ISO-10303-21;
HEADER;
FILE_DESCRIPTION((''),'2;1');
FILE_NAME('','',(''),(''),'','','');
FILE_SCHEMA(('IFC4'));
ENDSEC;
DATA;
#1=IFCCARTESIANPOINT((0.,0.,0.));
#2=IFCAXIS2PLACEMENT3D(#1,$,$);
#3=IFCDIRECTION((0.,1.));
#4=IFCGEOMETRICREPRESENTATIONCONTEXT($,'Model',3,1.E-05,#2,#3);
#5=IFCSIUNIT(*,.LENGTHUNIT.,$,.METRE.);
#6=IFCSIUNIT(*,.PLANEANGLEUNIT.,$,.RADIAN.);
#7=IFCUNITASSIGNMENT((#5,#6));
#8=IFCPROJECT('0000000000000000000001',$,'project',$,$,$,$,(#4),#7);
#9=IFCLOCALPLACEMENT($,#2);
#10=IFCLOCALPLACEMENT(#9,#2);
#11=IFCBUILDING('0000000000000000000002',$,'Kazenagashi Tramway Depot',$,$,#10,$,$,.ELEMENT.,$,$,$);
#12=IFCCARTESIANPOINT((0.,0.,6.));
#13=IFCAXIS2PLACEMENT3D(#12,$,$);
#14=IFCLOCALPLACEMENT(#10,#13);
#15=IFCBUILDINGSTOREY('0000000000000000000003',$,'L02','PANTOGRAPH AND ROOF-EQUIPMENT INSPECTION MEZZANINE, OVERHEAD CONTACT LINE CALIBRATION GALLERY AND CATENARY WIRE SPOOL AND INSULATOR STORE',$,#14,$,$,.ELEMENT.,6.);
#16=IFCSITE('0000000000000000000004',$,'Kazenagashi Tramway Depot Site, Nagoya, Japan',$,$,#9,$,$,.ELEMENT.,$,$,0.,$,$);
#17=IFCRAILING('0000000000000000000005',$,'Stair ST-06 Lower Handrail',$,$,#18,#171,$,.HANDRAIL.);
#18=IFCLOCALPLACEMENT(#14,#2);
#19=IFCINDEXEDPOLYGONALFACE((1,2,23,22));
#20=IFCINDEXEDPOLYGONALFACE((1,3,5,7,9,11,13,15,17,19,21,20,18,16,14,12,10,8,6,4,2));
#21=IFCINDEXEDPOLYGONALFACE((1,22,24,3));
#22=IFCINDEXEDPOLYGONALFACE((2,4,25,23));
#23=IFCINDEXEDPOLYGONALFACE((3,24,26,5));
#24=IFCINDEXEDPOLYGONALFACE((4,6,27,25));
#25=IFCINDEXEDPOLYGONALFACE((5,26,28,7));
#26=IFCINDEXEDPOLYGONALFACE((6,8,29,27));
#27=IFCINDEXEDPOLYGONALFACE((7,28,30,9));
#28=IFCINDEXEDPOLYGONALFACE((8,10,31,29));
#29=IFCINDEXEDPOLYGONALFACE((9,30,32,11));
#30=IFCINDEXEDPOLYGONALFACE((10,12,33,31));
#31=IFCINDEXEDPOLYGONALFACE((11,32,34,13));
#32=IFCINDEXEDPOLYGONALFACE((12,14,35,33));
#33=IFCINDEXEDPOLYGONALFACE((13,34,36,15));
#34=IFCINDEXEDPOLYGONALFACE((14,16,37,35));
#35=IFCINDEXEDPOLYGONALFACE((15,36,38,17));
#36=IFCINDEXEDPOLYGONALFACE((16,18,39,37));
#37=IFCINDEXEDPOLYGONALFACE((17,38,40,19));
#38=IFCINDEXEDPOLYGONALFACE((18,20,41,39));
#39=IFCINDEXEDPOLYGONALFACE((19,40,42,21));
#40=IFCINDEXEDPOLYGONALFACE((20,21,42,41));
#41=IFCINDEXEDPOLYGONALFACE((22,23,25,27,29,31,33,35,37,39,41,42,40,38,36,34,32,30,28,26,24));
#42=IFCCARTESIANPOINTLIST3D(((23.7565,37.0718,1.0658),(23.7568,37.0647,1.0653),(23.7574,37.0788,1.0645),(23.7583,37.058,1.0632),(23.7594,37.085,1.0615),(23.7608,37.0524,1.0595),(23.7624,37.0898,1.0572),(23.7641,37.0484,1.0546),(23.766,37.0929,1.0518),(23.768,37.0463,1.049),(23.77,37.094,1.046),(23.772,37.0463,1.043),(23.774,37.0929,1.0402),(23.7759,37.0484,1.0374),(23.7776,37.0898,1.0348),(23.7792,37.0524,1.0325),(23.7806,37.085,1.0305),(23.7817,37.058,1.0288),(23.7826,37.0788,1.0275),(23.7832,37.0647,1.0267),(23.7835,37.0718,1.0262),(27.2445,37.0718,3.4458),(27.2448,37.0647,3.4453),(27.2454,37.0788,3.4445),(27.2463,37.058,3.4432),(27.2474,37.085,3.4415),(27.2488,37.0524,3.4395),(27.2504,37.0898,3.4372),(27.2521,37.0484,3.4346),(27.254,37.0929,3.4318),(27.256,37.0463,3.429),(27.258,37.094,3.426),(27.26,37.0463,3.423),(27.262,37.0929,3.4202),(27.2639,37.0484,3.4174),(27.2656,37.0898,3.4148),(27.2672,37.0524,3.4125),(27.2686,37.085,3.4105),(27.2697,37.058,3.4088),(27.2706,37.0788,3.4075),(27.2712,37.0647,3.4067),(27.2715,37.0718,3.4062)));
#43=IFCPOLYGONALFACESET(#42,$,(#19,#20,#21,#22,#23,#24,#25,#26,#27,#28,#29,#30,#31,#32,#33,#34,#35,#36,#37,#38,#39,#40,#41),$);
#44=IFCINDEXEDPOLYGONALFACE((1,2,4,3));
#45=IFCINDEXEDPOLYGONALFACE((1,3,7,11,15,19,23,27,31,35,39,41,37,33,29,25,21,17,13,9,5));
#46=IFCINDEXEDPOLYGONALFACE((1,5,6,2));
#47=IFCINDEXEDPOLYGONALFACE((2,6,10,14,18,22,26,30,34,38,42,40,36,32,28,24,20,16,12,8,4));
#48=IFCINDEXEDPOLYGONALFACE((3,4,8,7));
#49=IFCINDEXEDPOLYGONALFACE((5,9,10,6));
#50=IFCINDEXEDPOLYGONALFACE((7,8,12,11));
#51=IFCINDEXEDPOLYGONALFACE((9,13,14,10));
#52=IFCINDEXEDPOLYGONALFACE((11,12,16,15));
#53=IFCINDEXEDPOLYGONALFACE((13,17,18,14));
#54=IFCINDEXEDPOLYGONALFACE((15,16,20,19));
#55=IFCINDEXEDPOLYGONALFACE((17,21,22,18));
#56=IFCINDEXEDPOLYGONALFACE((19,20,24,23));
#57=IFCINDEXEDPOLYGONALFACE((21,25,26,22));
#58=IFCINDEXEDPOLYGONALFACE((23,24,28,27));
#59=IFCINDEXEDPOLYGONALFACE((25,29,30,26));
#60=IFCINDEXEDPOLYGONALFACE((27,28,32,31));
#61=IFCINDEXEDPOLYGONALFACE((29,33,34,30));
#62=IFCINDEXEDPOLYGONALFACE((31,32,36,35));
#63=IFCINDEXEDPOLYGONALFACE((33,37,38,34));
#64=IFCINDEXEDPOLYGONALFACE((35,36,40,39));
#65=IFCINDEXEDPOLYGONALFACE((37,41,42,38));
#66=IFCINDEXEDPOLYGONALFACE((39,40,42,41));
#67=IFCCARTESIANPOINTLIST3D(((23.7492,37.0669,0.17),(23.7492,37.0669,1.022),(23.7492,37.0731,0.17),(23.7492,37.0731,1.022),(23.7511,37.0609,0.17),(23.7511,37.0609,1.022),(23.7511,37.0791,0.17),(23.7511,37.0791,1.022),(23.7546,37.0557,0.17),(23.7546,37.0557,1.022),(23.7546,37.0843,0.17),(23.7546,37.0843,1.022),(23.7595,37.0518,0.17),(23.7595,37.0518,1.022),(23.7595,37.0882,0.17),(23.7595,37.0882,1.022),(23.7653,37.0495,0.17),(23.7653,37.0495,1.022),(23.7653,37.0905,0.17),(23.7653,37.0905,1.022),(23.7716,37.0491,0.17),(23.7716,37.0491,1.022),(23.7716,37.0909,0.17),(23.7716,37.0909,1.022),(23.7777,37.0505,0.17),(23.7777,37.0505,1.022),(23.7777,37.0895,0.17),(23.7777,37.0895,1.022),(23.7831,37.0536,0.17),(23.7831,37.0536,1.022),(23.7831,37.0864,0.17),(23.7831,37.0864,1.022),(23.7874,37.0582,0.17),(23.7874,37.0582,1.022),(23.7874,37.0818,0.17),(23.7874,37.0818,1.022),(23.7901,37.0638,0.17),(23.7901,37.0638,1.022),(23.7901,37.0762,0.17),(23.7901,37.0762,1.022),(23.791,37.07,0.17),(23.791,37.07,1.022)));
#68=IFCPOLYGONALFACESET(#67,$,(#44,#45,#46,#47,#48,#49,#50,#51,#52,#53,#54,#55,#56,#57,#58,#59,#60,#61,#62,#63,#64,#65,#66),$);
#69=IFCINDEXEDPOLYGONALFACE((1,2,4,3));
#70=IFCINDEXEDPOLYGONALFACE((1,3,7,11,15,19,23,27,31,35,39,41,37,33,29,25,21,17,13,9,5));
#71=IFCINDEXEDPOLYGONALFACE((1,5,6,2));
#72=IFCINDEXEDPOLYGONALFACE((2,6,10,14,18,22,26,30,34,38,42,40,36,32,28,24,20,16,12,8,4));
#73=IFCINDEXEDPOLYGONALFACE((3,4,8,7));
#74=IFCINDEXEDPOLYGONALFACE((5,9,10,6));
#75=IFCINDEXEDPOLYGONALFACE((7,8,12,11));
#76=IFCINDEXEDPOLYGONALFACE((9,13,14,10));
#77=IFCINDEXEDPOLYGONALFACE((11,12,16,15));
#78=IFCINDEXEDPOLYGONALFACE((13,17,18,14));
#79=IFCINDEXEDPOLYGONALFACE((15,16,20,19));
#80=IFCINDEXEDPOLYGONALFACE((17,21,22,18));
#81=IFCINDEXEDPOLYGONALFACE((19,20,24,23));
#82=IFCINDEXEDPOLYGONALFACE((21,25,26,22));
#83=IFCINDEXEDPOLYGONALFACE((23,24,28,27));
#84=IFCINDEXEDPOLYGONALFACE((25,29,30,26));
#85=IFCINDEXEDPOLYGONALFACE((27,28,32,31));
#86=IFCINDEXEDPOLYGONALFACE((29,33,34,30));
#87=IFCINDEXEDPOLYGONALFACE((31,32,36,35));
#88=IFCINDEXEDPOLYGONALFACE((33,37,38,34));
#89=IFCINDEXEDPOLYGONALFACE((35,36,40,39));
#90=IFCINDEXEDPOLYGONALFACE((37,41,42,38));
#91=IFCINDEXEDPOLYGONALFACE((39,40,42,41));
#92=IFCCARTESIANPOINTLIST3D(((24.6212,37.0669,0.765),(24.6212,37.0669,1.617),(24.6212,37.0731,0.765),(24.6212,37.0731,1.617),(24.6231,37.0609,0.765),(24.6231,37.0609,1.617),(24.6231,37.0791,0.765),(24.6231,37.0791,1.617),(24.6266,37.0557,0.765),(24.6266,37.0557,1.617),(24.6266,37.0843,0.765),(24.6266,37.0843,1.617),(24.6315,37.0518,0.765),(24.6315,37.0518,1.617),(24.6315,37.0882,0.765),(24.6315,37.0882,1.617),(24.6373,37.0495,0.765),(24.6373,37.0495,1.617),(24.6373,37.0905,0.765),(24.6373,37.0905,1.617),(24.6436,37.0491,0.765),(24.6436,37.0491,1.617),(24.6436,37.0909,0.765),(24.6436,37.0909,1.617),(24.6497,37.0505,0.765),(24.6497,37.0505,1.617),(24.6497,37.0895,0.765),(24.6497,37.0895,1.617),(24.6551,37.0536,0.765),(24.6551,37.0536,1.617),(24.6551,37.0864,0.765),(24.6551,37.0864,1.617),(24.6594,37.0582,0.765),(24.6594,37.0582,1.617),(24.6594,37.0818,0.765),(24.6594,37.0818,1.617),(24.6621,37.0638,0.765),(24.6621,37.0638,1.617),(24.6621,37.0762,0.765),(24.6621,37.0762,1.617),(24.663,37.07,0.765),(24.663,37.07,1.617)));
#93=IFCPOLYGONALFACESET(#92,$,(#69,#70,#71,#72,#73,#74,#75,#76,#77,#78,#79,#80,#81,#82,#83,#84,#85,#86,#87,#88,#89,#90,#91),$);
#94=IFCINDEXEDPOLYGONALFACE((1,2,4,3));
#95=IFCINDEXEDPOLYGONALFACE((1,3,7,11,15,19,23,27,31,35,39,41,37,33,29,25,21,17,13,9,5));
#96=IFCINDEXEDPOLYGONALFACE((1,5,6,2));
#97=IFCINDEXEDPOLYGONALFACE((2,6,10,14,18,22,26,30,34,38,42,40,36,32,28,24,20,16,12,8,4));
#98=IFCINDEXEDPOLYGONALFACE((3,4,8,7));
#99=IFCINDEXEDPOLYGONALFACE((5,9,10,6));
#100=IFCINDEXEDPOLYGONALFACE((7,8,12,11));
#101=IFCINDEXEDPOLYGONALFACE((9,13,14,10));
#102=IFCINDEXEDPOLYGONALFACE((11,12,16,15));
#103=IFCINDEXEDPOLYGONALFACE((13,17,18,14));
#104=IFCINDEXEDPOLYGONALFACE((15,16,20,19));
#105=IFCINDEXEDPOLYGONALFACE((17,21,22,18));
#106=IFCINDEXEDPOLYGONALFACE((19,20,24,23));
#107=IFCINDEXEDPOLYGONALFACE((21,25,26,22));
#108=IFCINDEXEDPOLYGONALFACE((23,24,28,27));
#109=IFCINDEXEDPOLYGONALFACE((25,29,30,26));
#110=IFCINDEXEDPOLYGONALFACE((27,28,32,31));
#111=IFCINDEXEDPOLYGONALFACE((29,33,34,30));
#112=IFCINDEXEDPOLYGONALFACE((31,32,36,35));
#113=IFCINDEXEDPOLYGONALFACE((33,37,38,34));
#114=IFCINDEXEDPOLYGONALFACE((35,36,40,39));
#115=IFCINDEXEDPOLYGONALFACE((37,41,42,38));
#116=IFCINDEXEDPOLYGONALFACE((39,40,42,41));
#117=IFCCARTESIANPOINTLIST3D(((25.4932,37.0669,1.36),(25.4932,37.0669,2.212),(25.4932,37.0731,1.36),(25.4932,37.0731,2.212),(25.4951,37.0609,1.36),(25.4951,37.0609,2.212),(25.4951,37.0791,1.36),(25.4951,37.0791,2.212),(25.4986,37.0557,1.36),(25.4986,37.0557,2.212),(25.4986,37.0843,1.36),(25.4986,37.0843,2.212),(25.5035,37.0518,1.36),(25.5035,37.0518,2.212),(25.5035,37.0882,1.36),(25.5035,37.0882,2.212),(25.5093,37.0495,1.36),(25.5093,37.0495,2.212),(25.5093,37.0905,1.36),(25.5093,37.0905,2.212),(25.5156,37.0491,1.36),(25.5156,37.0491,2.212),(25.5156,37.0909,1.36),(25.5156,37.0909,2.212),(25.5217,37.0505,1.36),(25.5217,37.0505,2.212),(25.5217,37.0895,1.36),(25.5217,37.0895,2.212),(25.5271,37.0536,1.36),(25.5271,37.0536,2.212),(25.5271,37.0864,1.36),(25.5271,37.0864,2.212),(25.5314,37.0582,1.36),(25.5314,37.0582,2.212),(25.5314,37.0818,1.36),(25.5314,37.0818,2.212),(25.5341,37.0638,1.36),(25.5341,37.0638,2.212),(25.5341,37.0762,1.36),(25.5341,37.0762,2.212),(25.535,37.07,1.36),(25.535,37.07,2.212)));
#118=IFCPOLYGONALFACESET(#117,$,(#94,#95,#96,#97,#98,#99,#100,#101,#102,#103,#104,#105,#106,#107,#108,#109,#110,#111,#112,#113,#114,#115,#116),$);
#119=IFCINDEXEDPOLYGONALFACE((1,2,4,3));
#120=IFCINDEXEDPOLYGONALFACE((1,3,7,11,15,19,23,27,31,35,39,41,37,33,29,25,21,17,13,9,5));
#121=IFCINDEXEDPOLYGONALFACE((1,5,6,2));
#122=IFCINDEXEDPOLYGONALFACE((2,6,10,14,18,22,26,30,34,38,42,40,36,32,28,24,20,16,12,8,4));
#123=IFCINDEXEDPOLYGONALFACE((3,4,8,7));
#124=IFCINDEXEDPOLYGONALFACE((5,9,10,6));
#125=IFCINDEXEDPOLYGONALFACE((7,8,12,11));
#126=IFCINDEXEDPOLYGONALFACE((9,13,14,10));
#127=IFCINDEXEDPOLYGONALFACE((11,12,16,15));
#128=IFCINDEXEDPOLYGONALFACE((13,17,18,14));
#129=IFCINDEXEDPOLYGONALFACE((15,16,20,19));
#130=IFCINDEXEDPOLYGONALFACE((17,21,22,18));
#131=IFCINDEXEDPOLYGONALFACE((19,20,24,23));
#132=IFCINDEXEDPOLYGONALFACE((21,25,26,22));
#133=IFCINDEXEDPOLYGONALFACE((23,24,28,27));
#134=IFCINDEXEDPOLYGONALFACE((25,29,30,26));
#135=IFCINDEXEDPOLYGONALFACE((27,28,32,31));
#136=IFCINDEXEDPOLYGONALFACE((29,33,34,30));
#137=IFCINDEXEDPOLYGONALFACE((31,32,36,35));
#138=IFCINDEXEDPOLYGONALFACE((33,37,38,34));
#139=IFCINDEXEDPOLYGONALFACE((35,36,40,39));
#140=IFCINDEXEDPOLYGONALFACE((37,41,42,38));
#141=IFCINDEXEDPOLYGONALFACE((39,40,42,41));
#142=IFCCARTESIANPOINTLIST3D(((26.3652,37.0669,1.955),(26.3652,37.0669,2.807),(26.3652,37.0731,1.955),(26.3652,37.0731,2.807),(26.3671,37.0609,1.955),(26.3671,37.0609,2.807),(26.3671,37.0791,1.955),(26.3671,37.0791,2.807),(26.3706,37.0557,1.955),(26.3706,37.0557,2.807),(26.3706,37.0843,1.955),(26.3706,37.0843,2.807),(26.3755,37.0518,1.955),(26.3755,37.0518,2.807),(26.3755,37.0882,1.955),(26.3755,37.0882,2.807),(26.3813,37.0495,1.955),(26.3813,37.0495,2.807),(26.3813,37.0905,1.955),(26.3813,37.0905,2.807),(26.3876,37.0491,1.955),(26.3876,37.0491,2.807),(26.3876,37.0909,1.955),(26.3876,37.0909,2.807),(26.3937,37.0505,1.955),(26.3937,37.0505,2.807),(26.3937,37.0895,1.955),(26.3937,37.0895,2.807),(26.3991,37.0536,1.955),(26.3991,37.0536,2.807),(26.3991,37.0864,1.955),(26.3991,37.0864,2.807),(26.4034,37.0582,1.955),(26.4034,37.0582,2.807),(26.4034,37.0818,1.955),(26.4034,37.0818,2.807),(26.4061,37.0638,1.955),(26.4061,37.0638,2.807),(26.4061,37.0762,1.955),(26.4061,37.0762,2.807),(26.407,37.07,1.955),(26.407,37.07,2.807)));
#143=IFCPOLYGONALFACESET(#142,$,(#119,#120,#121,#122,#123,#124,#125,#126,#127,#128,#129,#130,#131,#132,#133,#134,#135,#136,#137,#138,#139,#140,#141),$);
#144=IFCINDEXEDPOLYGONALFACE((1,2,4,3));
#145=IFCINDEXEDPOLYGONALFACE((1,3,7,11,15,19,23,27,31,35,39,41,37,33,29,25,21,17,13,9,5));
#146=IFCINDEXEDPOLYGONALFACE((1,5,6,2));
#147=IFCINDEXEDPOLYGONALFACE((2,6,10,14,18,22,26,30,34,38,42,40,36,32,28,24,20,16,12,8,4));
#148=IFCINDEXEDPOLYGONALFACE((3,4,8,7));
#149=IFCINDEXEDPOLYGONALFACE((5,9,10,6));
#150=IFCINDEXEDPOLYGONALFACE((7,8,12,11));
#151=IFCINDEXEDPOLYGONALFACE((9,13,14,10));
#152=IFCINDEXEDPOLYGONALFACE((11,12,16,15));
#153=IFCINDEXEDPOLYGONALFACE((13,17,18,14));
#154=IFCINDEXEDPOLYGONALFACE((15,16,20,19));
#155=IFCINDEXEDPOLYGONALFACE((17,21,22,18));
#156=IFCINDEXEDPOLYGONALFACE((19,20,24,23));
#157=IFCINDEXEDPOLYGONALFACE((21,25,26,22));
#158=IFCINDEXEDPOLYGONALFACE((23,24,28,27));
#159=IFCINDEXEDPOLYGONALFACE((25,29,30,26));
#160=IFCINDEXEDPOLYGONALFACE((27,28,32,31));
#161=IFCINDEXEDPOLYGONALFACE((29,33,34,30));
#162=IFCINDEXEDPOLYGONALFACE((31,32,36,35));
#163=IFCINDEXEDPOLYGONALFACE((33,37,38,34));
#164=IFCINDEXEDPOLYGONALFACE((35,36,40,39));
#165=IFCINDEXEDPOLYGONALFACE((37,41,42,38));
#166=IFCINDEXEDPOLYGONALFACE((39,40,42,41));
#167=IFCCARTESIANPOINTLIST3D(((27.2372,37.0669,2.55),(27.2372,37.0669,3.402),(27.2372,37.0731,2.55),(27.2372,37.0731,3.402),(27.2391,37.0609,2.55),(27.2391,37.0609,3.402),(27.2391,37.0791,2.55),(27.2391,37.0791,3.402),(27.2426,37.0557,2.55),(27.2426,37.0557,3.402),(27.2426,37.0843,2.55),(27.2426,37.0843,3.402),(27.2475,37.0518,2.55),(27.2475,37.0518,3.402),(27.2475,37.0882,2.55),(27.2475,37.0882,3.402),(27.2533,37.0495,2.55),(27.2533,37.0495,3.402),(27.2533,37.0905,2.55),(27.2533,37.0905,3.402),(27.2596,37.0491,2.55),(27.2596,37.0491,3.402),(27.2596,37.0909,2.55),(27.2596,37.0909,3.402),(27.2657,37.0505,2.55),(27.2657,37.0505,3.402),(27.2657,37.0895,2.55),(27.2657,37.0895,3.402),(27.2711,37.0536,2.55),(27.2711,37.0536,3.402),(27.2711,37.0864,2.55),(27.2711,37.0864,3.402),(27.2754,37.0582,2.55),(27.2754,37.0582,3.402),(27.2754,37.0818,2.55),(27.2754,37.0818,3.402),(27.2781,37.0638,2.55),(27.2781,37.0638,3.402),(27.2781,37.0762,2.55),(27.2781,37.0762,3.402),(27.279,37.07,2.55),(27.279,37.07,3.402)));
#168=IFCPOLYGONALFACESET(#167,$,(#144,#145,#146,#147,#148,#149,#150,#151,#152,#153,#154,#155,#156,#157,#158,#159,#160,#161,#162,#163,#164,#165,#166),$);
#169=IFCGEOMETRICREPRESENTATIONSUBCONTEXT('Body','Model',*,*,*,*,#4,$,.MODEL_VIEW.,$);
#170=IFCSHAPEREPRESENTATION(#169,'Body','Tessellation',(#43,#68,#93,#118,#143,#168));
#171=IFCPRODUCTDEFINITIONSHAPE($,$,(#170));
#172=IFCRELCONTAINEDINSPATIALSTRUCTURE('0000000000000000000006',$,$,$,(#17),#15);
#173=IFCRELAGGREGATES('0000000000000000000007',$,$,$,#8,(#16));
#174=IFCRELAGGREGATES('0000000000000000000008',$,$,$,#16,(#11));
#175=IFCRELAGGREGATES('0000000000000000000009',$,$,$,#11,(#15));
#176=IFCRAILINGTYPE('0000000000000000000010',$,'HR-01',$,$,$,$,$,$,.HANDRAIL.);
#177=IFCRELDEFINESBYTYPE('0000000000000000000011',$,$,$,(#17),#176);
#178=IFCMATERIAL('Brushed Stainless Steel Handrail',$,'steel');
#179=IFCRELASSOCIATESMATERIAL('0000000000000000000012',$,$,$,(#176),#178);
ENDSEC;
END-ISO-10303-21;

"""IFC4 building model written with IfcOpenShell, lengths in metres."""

from ifc_helpers import new_model, si_unit, direction, frame, origin, origin_2d, place, context, subcontext, project, spatial, circle, extrude, material, type_object, element, save


model = new_model("IFC4")

# Units and contexts
model_context = context("Model", 3, precision=1e-05, world=origin(), true_north=direction((0.0, 1.0)))
body_context = subcontext(model_context, "Body", "Model", "MODEL_VIEW")
ifc_project = project(units=[si_unit("LENGTHUNIT", "METRE"), si_unit("PLANEANGLEUNIT", "RADIAN")], contexts=[model_context])

# Site, building, storey
site_placement = place(None, origin())
site = spatial("IfcSite", under=ifc_project, at=site_placement, Name="Kazenagashi Tramway Depot Site, Nagoya, Japan", CompositionType="ELEMENT", RefElevation=0.0)
building_placement = place(site_placement, origin())
building = spatial("IfcBuilding", under=site, at=building_placement, Name="Kazenagashi Tramway Depot", CompositionType="ELEMENT")
storey_placement = place(building_placement, frame((0.0, 0.0, 6.0)))
storey = spatial("IfcBuildingStorey", under=building, at=storey_placement, Name="L02", Description="PANTOGRAPH AND ROOF-EQUIPMENT INSPECTION MEZZANINE, OVERHEAD CONTACT LINE CALIBRATION GALLERY AND CATENARY WIRE SPOOL AND INSULATOR STORE", CompositionType="ELEMENT", Elevation=6.0)

# Railing
ifc_material_1 = material(Name="Brushed Stainless Steel Handrail", Category="steel")
railing_type_1 = type_object("IfcRailingType", Name="HR-01", PredefinedType="HANDRAIL", material=ifc_material_1)
railing_1_placement = place(storey_placement, frame((23.77, 37.07, 0.17)))
element("IfcRailing", 1, at=railing_1_placement, inside=storey, type_object=railing_type_1, Name="Stair ST-06 Lower Handrail", PredefinedType="HANDRAIL", context=body_context, shape_type="SweptSolid", body=[
    extrude(circle(Radius=0.024, at=origin_2d()), frame((0.0, 0.0, 0.876), z_axis=(0.826027, 0.0, 0.563631), x_axis=(0.0, 1.0, 0.0)), (0.0, 0.0, 1.0), 4.2226),
    extrude(circle(Radius=0.021, at=origin_2d()), origin(), (0.0, 0.0, 1.0), 0.852),
    extrude(circle(Radius=0.021, at=origin_2d()), frame((0.872, 0.0, 0.595)), (0.0, 0.0, 1.0), 0.852),
    extrude(circle(Radius=0.021, at=origin_2d()), frame((1.744, 0.0, 1.19)), (0.0, 0.0, 1.0), 0.852),
    extrude(circle(Radius=0.021, at=origin_2d()), frame((2.616, 0.0, 1.785)), (0.0, 0.0, 1.0), 0.852),
    extrude(circle(Radius=0.021, at=origin_2d()), frame((3.488, 0.0, 2.38)), (0.0, 0.0, 1.0), 0.852),
])

save(model, "model.ifc")
